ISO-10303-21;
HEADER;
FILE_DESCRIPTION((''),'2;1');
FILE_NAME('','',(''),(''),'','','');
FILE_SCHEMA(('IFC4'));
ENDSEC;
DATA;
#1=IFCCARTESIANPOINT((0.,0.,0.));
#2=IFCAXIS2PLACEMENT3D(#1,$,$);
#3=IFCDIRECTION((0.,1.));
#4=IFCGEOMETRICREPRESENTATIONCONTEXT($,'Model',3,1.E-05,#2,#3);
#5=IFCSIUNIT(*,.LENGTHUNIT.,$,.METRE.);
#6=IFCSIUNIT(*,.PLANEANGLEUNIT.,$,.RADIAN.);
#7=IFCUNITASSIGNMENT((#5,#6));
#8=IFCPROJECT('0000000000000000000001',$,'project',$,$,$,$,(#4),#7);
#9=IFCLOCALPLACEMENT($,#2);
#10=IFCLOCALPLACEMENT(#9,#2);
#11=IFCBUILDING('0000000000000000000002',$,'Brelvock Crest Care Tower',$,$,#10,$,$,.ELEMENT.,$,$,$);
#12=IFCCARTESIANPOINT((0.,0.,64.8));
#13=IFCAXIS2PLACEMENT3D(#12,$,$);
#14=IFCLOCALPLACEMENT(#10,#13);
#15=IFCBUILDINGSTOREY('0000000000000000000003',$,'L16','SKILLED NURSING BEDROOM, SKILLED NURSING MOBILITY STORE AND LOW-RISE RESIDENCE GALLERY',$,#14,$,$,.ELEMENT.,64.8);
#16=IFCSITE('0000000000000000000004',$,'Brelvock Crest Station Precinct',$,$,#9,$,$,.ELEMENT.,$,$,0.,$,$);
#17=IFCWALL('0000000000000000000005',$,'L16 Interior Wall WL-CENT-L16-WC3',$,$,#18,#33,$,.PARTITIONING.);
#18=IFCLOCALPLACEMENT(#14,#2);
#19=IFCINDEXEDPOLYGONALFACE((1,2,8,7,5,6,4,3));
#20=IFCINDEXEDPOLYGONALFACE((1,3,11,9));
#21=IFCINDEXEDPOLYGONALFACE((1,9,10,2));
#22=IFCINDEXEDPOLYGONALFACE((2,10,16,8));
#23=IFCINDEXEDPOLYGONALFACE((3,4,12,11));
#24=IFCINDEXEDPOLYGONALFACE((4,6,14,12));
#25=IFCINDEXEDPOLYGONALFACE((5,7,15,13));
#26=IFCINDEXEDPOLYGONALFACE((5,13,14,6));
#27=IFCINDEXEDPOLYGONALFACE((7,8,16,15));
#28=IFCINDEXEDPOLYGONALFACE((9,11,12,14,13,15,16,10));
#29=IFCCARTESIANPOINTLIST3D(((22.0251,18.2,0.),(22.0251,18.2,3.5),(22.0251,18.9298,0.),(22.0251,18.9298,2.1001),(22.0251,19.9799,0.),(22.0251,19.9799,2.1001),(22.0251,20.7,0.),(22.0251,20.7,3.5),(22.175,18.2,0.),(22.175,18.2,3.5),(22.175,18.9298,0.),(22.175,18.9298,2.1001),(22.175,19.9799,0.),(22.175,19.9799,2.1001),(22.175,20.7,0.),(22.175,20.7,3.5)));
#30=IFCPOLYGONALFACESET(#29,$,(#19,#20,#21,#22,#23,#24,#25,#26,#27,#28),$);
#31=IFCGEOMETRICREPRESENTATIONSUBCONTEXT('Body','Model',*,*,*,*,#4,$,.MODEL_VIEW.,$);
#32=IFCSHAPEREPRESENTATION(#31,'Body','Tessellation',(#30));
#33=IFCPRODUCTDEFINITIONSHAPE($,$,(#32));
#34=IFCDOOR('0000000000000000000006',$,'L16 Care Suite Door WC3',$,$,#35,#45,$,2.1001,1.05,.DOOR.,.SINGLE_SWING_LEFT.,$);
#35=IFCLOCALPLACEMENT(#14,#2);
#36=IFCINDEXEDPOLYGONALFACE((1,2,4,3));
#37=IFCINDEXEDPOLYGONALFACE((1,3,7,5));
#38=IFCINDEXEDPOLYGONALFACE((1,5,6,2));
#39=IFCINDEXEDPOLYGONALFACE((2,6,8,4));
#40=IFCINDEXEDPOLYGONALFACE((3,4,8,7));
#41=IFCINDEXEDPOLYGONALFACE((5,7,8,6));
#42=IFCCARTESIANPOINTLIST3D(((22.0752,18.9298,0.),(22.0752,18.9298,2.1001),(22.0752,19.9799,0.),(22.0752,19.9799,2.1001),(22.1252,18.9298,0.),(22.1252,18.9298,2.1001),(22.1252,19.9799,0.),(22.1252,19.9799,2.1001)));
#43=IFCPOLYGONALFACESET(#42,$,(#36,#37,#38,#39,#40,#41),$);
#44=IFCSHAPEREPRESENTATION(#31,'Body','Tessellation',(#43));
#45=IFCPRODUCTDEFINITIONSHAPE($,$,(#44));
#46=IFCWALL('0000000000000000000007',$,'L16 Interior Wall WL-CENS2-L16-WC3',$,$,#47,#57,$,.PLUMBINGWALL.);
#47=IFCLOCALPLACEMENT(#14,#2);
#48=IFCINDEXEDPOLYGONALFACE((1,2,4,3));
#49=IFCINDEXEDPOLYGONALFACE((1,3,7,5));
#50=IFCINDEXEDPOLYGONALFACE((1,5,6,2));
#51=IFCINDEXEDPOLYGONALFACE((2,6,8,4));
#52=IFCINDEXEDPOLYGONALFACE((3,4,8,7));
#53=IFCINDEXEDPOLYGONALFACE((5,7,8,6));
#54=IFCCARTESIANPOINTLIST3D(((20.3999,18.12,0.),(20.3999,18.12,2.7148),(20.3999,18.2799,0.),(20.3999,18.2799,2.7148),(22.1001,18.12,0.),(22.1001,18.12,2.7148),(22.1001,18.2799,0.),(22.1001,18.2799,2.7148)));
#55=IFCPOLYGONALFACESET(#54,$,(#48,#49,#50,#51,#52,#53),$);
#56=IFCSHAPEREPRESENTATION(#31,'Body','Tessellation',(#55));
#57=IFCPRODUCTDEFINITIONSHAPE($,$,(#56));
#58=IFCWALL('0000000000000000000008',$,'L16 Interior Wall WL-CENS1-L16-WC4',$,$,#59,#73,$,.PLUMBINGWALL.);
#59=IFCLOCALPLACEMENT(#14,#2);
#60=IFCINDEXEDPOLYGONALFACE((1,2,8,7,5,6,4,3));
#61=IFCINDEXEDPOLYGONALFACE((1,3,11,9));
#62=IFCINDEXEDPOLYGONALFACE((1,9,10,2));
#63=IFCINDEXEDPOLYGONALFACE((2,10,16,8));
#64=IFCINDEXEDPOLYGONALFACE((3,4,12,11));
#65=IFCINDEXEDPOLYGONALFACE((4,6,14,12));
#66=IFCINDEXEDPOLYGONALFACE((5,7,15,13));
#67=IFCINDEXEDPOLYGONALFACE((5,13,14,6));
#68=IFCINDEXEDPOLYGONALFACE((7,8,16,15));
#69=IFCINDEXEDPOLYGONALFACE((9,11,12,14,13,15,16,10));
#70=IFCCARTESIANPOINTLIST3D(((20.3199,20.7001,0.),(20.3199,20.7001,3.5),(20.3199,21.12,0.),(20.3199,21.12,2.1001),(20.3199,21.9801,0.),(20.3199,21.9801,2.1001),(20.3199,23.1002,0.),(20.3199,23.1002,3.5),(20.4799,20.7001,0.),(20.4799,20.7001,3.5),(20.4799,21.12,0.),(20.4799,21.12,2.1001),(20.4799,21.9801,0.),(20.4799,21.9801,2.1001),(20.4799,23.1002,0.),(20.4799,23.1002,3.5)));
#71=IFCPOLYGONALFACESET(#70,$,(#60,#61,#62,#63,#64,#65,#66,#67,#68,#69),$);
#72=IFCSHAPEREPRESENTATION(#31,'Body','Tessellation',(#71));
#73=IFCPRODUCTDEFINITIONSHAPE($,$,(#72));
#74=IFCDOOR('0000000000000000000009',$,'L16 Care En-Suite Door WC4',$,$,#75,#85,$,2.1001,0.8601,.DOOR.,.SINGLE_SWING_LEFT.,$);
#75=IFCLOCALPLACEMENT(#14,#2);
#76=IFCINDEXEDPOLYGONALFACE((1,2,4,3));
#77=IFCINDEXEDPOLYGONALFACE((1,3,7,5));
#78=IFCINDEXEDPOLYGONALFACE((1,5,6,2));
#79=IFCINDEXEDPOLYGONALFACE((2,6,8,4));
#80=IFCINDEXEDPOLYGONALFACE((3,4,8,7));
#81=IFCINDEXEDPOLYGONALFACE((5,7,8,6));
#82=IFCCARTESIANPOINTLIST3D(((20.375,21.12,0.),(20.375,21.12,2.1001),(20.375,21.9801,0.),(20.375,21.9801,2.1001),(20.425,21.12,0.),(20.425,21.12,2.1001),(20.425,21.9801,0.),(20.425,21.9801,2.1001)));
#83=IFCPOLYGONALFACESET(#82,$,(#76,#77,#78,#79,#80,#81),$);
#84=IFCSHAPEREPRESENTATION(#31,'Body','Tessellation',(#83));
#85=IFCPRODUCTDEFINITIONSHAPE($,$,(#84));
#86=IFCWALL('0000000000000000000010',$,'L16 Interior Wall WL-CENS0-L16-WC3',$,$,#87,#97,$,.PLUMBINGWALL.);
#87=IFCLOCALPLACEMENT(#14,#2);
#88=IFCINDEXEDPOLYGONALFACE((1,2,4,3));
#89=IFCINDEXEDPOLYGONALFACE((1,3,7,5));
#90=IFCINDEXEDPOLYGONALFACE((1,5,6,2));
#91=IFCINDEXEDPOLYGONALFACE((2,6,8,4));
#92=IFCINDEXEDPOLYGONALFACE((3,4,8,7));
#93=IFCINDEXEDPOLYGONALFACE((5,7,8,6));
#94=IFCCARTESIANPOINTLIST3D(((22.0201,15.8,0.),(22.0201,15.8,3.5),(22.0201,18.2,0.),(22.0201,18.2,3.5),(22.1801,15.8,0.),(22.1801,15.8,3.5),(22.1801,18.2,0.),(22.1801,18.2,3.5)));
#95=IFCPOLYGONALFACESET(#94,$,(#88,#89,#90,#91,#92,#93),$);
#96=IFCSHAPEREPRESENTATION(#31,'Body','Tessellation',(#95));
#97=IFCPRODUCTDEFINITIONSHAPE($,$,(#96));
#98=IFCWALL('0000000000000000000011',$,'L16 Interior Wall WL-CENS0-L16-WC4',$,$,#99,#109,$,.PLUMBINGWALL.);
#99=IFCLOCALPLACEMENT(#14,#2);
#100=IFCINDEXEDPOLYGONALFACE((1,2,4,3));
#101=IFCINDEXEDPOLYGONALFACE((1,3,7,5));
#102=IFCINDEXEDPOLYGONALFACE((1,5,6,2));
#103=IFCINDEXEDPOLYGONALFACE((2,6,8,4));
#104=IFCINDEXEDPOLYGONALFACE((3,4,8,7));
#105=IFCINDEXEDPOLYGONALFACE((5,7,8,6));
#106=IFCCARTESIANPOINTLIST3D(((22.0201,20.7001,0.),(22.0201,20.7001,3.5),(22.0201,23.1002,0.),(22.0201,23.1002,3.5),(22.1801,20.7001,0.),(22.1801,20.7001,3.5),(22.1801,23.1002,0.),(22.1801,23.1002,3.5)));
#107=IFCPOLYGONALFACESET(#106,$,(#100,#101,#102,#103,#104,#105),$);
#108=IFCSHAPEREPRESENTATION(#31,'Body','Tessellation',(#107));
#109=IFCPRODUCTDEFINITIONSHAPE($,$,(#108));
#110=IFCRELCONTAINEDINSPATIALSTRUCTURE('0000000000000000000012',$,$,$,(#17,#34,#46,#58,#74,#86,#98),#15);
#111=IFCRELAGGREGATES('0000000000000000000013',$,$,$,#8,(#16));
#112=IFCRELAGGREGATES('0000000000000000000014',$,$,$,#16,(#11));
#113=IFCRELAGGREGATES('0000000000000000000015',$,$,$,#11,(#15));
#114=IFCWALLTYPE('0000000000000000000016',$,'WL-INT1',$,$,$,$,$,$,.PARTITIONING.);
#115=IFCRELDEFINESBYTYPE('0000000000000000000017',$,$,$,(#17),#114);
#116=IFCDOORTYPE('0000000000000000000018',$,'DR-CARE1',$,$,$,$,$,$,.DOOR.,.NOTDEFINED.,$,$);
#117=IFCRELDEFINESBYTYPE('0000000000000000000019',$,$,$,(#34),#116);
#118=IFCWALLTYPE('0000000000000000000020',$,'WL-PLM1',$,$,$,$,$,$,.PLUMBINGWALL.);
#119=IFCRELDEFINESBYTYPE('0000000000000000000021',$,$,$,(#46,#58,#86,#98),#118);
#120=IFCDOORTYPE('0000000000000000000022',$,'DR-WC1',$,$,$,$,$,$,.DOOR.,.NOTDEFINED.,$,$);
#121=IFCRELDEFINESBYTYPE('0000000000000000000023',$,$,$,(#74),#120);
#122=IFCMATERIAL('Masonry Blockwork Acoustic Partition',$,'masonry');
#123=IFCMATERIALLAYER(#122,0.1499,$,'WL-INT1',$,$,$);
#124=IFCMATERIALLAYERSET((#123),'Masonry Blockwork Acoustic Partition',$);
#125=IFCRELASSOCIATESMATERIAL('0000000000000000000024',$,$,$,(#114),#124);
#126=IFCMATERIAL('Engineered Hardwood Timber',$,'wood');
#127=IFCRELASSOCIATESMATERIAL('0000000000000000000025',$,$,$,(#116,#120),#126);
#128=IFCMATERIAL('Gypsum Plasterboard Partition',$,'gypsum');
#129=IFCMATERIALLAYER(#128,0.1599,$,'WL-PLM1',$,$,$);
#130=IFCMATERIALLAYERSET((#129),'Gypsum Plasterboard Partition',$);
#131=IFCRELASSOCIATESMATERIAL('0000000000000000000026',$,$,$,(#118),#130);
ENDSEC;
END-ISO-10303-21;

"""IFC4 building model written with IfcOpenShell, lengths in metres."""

from ifc_helpers import new_model, si_unit, direction, frame, frame_2d, origin, origin_2d, place, context, subcontext, project, spatial, rectangle, extrude, source, transform, mapped, material, layer, layer_set, type_object, element, fill, save


model = new_model("IFC4")

# Units and contexts
model_context = context("Model", 3, precision=1e-05, world=origin(), true_north=direction((0.0, 1.0)))
body_context = subcontext(model_context, "Body", "Model", "MODEL_VIEW")
ifc_project = project(units=[si_unit("LENGTHUNIT", "METRE"), si_unit("PLANEANGLEUNIT", "RADIAN")], contexts=[model_context])

# Site, building, storey
site_placement = place(None, origin())
site = spatial("IfcSite", under=ifc_project, at=site_placement, Name="Brelvock Crest Station Precinct", CompositionType="ELEMENT", RefElevation=0.0)
building_placement = place(site_placement, origin())
building = spatial("IfcBuilding", under=site, at=building_placement, Name="Brelvock Crest Care Tower", CompositionType="ELEMENT")
storey_placement = place(building_placement, frame((0.0, 0.0, 64.8)))
storey = spatial("IfcBuildingStorey", under=building, at=storey_placement, Name="L16", Description="SKILLED NURSING BEDROOM, SKILLED NURSING MOBILITY STORE AND LOW-RISE RESIDENCE GALLERY", CompositionType="ELEMENT", Elevation=64.8)

# Wall, opening, door
ifc_material_1 = material(Name="Masonry Blockwork Acoustic Partition", Category="masonry")
ifc_layer_1 = layer(ifc_material_1, 0.1499, Name="WL-INT1")
ifc_layer_set_1 = layer_set([ifc_layer_1], Name="Masonry Blockwork Acoustic Partition")
wall_type_1 = type_object("IfcWallType", Name="WL-INT1", PredefinedType="PARTITIONING", material=ifc_layer_set_1)
wall_1_placement = place(storey_placement, frame((22.1001, 18.2, 0.0), z_axis=(0.0, 0.0, 1.0), x_axis=(0.0, 1.0, 0.0)))
wall_1 = element("IfcWall", 1, at=wall_1_placement, inside=storey, type_object=wall_type_1, Name="L16 Interior Wall WL-CENT-L16-WC3", PredefinedType="PARTITIONING", context=body_context, shape_type="SweptSolid", body=[
    extrude(rectangle(XDim=2.5, YDim=0.1499, at=frame_2d((1.25, 0.0))), origin(), (0.0, 0.0, 1.0), 3.5),
])
opening_1_placement = place(wall_1_placement, frame((0.73, 0.0, 0.0)))
opening_1 = element("IfcOpeningElement", 2, at=opening_1_placement, cuts=wall_1, PredefinedType="OPENING", context=body_context, shape_type="SweptSolid", body=[
    extrude(rectangle(XDim=1.05, YDim=2.1001, at=origin_2d()), frame((0.5249, 0.085, 1.05), z_axis=(0.0, -1.0, 0.0), x_axis=(1.0, 0.0, 0.0)), (0.0, 0.0, 1.0), 0.1699),
])
ifc_material_2 = material(Name="Engineered Hardwood Timber", Category="wood")
door_type_1 = type_object("IfcDoorType", Name="DR-CARE1", OperationType="NOTDEFINED", PredefinedType="DOOR", material=ifc_material_2)
shared_shape_1 = source(origin(), body_context, "Body", "SweptSolid", [
    extrude(rectangle(XDim=1.05, YDim=2.1001, at=origin_2d()), frame((0.5249, 0.0249, 1.05), z_axis=(0.0, -1.0, 0.0), x_axis=(1.0, 0.0, 0.0)), (0.0, 0.0, 1.0), 0.05),
])
door_1_placement = place(opening_1_placement, origin())
door_1 = element("IfcDoor", 3, at=door_1_placement, inside=storey, type_object=door_type_1, Name="L16 Care Suite Door WC3", OperationType="SINGLE_SWING_LEFT", OverallHeight=2.1001, OverallWidth=1.05, PredefinedType="DOOR", context=body_context, shape_type="MappedRepresentation", body=[
    mapped(shared_shape_1, transform((0.0, 0.0, 0.0), x_axis=(1.0, 0.0, 0.0), y_axis=(0.0, 1.0, 0.0), z_axis=(0.0, 0.0, 1.0), scale=1.0)),
])
fill(opening_1, door_1)

# Wall
ifc_material_3 = material(Name="Gypsum Plasterboard Partition", Category="gypsum")
ifc_layer_2 = layer(ifc_material_3, 0.1599, Name="WL-PLM1")
ifc_layer_set_2 = layer_set([ifc_layer_2], Name="Gypsum Plasterboard Partition")
wall_type_2 = type_object("IfcWallType", Name="WL-PLM1", PredefinedType="PLUMBINGWALL", material=ifc_layer_set_2)
wall_2_placement = place(storey_placement, frame((20.3999, 18.2, 0.0), z_axis=(0.0, 0.0, 1.0), x_axis=(1.0, 0.0, 0.0)))
element("IfcWall", 4, at=wall_2_placement, inside=storey, type_object=wall_type_2, Name="L16 Interior Wall WL-CENS2-L16-WC3", PredefinedType="PLUMBINGWALL", context=body_context, shape_type="SweptSolid", body=[
    extrude(rectangle(XDim=1.7002, YDim=0.1599, at=frame_2d((0.8501, 0.0))), origin(), (0.0, 0.0, 1.0), 2.7148),
])

# Wall, opening, door
wall_3_placement = place(storey_placement, frame((20.3999, 20.7, 0.0), z_axis=(0.0, 0.0, 1.0), x_axis=(0.0, 1.0, 0.0)))
wall_3 = element("IfcWall", 5, at=wall_3_placement, inside=storey, type_object=wall_type_2, Name="L16 Interior Wall WL-CENS1-L16-WC4", PredefinedType="PLUMBINGWALL", context=body_context, shape_type="SweptSolid", body=[
    extrude(rectangle(XDim=2.4001, YDim=0.1599, at=frame_2d((1.2002, 0.0))), origin(), (0.0, 0.0, 1.0), 3.5),
])
opening_2_placement = place(wall_3_placement, frame((0.4199, 0.0, 0.0)))
opening_2 = element("IfcOpeningElement", 6, at=opening_2_placement, cuts=wall_3, PredefinedType="OPENING", context=body_context, shape_type="SweptSolid", body=[
    extrude(rectangle(XDim=0.8601, YDim=2.1001, at=origin_2d()), frame((0.4302, 0.0898, 1.05), z_axis=(0.0, -1.0, 0.0), x_axis=(1.0, 0.0, 0.0)), (0.0, 0.0, 1.0), 0.1799),
])
door_type_2 = type_object("IfcDoorType", Name="DR-WC1", OperationType="NOTDEFINED", PredefinedType="DOOR", material=ifc_material_2)
shared_shape_2 = source(origin(), body_context, "Body", "SweptSolid", [
    extrude(rectangle(XDim=0.8601, YDim=2.1001, at=origin_2d()), frame((0.4302, 0.0249, 1.05), z_axis=(0.0, -1.0, 0.0), x_axis=(1.0, 0.0, 0.0)), (0.0, 0.0, 1.0), 0.05),
])
door_2_placement = place(opening_2_placement, origin())
door_2 = element("IfcDoor", 7, at=door_2_placement, inside=storey, type_object=door_type_2, Name="L16 Care En-Suite Door WC4", OperationType="SINGLE_SWING_LEFT", OverallHeight=2.1001, OverallWidth=0.8601, PredefinedType="DOOR", context=body_context, shape_type="MappedRepresentation", body=[
    mapped(shared_shape_2, transform((0.0, 0.0, 0.0), x_axis=(1.0, 0.0, 0.0), y_axis=(0.0, 1.0, 0.0), z_axis=(0.0, 0.0, 1.0), scale=1.0)),
])
fill(opening_2, door_2)

# Walls
wall_4_placement = place(storey_placement, frame((22.1001, 15.8, 0.0), z_axis=(0.0, 0.0, 1.0), x_axis=(0.0, 1.0, 0.0)))
element("IfcWall", 8, at=wall_4_placement, inside=storey, type_object=wall_type_2, Name="L16 Interior Wall WL-CENS0-L16-WC3", PredefinedType="PLUMBINGWALL", context=body_context, shape_type="SweptSolid", body=[
    extrude(rectangle(XDim=2.3999, YDim=0.1599, at=frame_2d((1.2, 0.0))), origin(), (0.0, 0.0, 1.0), 3.5),
])
wall_5_placement = place(storey_placement, frame((22.1001, 20.7, 0.0), z_axis=(0.0, 0.0, 1.0), x_axis=(0.0, 1.0, 0.0)))
element("IfcWall", 9, at=wall_5_placement, inside=storey, type_object=wall_type_2, Name="L16 Interior Wall WL-CENS0-L16-WC4", PredefinedType="PLUMBINGWALL", context=body_context, shape_type="SweptSolid", body=[
    extrude(rectangle(XDim=2.4001, YDim=0.1599, at=frame_2d((1.2002, 0.0))), origin(), (0.0, 0.0, 1.0), 3.5),
])

save(model, "model.ifc")
